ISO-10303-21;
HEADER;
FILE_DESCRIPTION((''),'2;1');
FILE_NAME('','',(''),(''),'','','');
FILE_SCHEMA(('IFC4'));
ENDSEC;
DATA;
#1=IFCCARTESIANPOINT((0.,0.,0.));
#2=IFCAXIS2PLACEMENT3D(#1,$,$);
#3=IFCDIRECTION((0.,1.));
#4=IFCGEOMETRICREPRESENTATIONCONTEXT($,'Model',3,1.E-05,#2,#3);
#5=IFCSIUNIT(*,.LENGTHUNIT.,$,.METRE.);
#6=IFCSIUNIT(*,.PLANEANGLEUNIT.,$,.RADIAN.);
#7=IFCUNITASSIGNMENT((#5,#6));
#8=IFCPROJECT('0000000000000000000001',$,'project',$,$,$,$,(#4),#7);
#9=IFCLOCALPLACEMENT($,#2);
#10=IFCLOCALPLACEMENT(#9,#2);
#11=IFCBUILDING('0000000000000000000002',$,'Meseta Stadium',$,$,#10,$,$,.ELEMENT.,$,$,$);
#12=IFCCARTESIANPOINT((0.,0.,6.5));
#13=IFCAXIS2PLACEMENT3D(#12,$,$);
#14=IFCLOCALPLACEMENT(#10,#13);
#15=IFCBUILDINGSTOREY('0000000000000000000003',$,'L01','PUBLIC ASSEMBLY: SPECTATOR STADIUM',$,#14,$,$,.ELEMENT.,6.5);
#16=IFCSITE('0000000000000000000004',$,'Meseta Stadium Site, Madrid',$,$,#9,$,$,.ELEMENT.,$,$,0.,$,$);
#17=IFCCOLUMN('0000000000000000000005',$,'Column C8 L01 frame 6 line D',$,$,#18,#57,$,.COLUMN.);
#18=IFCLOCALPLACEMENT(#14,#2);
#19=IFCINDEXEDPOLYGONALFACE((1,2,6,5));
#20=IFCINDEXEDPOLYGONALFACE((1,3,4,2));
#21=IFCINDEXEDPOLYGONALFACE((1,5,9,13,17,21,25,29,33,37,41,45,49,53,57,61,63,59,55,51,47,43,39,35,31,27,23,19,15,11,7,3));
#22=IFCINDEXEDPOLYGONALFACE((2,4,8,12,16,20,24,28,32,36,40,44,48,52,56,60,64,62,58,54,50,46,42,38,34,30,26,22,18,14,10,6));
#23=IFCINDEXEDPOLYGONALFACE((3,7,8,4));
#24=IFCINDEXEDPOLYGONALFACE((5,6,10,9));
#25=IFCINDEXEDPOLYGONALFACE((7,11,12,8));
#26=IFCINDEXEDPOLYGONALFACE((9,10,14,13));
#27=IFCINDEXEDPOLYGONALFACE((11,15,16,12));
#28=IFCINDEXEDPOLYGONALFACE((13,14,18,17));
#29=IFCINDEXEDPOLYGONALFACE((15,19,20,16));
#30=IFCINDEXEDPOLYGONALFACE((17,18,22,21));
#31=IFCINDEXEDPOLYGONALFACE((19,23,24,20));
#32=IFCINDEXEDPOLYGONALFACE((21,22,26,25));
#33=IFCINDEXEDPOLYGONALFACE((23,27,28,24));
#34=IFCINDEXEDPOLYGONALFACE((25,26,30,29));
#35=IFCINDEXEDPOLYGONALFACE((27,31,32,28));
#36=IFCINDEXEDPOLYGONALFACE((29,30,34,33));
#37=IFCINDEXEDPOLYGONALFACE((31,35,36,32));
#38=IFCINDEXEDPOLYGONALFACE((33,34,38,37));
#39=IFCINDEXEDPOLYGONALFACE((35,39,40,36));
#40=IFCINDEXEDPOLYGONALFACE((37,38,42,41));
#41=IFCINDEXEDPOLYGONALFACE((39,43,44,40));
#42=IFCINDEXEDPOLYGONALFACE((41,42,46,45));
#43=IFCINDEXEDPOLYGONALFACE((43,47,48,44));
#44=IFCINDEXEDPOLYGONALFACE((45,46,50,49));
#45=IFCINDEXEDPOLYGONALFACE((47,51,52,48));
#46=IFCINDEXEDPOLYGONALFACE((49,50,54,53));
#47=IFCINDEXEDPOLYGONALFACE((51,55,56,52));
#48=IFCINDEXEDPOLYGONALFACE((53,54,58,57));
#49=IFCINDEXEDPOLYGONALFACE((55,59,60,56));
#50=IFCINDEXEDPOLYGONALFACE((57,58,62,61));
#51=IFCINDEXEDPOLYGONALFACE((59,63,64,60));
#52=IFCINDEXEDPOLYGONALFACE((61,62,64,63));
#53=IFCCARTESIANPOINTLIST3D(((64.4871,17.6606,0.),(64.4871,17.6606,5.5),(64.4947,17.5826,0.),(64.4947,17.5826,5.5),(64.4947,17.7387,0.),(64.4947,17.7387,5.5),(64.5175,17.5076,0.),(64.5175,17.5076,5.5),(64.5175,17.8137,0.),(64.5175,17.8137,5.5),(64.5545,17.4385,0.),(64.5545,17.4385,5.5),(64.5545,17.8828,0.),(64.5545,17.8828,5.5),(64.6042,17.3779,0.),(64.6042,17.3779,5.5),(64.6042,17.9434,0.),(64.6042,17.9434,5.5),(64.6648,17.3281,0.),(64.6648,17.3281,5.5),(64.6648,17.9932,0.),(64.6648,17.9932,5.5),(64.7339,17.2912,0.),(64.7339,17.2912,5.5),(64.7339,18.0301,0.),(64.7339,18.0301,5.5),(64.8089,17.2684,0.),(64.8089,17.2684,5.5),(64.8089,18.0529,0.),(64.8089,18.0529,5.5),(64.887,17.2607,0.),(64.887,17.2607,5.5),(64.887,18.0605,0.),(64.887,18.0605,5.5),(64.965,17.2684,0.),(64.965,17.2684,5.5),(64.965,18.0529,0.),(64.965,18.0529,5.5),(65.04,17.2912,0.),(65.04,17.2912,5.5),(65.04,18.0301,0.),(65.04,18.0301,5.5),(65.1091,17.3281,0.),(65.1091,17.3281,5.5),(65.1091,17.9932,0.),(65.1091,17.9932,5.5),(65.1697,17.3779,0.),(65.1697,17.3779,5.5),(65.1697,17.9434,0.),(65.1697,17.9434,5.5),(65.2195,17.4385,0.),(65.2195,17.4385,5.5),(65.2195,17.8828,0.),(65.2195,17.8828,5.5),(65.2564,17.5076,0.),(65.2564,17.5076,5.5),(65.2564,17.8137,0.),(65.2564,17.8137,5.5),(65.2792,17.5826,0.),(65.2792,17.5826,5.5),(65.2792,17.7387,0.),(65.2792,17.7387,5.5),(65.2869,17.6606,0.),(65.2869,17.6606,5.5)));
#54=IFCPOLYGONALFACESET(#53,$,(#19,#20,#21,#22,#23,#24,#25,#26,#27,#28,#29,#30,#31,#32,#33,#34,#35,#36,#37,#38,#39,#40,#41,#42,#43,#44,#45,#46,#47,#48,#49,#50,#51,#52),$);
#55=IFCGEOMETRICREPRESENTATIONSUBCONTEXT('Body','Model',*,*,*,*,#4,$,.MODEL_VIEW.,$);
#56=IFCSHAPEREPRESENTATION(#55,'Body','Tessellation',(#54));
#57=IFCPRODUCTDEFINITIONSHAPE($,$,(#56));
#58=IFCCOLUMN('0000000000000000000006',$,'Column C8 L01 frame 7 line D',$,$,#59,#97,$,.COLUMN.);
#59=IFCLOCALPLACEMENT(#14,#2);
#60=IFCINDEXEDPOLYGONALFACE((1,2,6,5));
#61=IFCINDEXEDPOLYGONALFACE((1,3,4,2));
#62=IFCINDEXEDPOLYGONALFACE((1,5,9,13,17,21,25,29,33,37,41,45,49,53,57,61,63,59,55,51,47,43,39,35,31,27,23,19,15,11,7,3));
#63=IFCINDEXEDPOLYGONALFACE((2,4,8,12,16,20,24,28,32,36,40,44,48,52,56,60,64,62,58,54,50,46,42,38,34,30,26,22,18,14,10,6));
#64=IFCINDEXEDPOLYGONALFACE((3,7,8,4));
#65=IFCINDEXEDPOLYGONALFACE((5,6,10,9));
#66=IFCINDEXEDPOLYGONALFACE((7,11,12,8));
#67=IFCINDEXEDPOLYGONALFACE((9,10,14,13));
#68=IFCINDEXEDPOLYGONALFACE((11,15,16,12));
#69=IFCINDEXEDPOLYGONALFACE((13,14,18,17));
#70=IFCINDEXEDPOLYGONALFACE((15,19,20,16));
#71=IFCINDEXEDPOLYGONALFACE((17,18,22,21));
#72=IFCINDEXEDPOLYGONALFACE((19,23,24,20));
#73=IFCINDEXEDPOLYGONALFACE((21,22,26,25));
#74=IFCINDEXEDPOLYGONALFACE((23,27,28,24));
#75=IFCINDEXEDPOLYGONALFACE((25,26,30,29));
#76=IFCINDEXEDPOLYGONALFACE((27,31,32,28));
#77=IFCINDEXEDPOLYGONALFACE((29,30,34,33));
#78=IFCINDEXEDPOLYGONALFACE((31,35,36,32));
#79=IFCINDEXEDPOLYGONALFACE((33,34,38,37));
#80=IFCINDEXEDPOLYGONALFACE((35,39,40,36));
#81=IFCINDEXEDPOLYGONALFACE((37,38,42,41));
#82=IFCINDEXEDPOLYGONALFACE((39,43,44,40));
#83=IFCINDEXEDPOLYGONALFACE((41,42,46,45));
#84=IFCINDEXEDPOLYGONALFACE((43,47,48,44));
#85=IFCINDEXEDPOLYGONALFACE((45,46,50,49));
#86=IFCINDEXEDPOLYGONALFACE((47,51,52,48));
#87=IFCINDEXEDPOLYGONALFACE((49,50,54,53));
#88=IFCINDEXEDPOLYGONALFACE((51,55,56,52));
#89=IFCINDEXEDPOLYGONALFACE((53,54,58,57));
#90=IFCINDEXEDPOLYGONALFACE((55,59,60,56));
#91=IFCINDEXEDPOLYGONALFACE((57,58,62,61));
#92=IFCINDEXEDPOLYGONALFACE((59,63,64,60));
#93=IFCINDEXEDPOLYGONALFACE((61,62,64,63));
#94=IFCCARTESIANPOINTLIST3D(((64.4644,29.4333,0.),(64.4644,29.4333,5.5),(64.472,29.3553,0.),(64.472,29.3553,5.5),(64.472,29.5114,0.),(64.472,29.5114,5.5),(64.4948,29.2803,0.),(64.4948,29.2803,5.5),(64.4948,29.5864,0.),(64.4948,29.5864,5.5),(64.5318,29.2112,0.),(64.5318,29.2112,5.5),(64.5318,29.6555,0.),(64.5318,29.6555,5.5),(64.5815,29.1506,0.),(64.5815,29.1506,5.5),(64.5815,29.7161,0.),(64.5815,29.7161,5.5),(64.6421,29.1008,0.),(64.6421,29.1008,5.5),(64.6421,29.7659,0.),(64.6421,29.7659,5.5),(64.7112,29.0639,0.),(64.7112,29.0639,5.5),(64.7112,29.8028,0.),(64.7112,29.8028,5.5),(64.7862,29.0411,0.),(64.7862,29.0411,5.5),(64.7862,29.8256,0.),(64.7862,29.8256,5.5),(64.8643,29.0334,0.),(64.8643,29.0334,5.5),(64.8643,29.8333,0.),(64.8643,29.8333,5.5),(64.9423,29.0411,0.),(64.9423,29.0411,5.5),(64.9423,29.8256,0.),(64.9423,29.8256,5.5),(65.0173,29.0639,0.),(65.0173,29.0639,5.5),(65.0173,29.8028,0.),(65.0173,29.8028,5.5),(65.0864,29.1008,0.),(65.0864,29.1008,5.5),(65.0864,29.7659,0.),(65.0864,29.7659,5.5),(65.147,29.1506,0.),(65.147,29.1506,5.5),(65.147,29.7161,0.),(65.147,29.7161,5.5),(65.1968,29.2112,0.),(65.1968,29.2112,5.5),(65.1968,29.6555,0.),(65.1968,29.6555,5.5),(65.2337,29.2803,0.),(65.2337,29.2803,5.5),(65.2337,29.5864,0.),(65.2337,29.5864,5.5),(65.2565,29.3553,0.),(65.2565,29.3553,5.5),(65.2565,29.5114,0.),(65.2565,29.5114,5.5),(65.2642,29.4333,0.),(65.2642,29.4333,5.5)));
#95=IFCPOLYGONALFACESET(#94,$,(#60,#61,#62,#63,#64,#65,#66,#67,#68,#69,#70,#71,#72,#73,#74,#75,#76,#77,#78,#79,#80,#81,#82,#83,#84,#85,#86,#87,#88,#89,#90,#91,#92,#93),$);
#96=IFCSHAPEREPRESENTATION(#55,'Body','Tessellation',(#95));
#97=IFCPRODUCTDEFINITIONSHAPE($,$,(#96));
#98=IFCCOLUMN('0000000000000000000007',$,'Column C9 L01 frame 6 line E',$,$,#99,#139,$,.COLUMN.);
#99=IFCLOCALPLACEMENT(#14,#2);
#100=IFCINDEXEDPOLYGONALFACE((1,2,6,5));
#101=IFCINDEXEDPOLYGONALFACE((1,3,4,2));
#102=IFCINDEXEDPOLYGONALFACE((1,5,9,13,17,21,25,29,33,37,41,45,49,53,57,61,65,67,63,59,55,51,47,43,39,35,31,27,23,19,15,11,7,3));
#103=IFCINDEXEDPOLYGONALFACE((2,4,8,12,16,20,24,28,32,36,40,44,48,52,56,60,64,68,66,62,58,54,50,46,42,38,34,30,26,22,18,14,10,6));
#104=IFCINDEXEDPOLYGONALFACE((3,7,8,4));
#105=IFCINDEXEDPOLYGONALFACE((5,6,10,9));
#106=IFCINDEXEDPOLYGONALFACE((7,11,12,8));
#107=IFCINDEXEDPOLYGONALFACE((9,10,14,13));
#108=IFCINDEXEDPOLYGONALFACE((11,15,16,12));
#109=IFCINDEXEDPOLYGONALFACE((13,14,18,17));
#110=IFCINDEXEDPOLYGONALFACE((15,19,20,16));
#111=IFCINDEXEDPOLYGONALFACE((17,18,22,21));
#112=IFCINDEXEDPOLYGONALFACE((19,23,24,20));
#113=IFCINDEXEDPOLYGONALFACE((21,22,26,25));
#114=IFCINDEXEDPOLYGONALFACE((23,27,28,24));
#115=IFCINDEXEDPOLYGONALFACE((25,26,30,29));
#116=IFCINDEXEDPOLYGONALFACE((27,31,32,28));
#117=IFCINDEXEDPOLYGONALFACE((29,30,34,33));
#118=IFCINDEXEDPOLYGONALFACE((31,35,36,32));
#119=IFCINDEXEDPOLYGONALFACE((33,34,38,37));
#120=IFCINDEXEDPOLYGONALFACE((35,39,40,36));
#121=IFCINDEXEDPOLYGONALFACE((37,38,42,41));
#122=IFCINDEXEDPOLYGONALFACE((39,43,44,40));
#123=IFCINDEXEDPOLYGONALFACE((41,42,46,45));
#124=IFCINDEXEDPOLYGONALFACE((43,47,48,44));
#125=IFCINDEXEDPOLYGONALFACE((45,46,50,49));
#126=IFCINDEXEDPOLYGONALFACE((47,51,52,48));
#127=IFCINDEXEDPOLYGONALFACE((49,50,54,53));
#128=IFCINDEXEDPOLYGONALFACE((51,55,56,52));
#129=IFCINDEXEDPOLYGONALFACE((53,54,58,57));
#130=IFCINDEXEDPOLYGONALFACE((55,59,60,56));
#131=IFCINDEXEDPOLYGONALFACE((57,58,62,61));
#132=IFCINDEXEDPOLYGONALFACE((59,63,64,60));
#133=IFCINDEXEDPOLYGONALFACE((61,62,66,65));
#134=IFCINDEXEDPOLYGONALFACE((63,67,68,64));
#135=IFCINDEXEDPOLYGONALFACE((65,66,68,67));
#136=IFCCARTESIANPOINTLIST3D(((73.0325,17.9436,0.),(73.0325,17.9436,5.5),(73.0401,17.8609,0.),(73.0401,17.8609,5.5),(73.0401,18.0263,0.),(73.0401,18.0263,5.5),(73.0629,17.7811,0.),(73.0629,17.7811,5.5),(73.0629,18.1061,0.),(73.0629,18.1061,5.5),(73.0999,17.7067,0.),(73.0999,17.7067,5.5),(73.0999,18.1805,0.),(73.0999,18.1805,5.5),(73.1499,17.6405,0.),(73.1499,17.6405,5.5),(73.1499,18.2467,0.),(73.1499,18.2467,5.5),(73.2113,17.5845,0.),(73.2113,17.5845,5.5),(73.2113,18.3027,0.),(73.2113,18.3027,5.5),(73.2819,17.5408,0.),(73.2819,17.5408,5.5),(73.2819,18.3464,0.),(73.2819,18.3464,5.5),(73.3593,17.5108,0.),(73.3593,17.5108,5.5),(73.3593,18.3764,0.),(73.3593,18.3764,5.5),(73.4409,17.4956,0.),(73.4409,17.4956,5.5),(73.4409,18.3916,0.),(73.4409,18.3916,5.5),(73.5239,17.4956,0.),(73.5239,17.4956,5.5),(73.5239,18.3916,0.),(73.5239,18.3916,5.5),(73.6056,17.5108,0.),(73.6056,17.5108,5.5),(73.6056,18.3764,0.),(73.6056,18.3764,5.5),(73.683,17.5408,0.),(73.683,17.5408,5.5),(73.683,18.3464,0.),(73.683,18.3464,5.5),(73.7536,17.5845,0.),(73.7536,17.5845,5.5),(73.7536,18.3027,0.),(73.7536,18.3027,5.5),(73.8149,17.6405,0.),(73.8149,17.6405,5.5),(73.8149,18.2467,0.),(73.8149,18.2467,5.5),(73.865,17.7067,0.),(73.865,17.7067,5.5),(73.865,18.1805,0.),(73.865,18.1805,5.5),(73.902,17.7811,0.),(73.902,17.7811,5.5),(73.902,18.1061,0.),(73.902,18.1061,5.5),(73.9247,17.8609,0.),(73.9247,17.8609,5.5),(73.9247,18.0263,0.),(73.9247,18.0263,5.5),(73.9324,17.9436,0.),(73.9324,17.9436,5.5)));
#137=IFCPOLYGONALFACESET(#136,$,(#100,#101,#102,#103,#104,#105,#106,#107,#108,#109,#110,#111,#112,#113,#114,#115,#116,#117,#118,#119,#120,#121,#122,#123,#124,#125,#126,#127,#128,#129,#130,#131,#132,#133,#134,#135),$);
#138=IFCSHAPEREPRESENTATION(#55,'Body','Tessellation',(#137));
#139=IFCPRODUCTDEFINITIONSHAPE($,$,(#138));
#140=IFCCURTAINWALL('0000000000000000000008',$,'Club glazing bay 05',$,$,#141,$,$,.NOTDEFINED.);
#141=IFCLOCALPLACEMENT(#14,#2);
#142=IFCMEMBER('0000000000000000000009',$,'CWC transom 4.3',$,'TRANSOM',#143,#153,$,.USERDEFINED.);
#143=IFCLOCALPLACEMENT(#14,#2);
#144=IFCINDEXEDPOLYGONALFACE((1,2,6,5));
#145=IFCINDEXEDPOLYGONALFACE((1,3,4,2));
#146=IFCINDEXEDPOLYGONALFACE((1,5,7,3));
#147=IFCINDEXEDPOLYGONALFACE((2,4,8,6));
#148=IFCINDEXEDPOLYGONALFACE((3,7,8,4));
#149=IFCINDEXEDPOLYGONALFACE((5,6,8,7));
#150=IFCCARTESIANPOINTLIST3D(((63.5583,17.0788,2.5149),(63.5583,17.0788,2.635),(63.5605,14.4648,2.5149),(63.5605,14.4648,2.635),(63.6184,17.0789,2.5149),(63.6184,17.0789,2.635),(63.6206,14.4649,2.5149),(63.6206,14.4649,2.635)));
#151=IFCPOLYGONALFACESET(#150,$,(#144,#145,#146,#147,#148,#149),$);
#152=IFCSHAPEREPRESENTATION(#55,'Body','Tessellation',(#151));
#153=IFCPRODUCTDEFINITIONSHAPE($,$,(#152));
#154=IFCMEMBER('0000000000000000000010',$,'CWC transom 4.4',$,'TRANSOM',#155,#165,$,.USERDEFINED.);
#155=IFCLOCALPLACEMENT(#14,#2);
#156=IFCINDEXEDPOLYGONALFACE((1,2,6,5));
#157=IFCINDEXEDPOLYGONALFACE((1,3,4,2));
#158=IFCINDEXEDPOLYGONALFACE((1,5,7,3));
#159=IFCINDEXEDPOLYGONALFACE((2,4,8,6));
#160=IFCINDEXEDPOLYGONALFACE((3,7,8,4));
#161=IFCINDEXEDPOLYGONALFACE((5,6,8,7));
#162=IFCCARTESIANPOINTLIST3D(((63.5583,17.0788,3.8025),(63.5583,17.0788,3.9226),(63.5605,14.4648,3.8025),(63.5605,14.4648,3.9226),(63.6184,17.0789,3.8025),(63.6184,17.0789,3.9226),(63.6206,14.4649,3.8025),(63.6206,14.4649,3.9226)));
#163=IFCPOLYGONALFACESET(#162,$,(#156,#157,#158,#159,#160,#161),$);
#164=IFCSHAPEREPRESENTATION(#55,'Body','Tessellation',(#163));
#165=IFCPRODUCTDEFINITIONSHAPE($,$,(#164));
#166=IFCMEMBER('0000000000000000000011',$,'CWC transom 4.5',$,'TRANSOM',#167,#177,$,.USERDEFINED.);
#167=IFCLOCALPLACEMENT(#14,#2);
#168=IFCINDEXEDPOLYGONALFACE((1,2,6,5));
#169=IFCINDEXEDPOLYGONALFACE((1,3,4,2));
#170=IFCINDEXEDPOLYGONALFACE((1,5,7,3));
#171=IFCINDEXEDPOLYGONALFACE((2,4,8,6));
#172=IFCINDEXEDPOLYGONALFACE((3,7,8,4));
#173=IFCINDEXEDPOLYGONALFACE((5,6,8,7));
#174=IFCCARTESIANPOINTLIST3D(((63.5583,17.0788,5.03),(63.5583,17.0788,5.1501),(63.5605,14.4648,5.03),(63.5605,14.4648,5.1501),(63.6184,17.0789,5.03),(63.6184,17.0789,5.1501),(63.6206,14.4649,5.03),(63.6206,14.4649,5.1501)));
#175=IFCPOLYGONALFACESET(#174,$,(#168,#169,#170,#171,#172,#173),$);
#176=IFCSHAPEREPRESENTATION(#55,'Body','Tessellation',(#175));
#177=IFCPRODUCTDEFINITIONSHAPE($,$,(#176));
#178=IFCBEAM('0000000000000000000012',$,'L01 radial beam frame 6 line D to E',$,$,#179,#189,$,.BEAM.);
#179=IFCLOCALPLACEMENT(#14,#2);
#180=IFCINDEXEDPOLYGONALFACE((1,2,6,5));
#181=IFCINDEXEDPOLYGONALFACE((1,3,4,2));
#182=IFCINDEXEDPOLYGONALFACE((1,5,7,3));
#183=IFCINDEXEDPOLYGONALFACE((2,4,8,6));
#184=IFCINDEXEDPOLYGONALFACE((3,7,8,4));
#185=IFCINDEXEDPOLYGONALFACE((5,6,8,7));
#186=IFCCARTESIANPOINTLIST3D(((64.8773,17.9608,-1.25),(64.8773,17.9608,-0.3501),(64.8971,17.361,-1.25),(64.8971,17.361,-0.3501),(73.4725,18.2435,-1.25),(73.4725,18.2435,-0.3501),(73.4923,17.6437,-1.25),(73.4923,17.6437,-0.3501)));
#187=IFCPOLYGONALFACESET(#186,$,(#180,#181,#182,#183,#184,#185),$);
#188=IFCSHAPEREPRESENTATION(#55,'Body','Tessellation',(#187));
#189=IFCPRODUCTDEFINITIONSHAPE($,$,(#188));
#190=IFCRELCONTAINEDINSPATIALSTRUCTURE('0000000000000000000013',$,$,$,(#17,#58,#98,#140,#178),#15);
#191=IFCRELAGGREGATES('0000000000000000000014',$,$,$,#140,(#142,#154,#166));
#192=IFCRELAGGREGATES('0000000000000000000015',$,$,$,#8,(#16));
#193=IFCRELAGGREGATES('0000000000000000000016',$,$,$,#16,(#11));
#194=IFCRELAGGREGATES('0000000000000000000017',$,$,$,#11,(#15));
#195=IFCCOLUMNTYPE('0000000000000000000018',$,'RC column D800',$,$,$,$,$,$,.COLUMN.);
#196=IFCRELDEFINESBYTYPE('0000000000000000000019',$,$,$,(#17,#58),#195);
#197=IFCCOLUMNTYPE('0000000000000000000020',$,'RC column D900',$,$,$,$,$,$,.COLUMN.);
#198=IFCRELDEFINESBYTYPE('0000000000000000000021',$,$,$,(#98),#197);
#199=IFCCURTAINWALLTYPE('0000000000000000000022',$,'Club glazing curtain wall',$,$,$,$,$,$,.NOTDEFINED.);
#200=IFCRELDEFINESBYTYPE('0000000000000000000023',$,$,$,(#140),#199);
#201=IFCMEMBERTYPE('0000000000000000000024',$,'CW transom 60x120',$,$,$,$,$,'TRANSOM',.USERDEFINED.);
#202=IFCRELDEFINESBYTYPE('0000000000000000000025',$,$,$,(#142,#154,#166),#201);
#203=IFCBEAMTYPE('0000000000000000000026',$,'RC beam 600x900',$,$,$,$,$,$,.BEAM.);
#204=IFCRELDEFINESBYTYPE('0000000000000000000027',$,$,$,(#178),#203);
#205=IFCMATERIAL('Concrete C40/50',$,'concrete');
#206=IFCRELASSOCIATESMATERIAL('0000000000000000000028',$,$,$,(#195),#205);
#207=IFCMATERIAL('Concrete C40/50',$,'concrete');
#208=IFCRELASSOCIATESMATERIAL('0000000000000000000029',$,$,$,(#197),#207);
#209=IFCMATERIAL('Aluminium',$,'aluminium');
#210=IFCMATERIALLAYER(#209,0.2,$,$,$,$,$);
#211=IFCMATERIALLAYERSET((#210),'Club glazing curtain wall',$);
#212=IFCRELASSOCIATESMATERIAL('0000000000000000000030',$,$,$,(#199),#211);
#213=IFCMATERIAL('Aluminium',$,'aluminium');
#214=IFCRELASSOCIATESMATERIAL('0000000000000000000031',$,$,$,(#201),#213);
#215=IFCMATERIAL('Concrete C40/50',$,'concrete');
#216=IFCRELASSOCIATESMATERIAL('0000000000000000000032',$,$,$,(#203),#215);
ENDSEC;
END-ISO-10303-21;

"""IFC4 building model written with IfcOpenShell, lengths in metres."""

from ifc_helpers import new_model, si_unit, direction, frame, origin, origin_2d, place, context, subcontext, project, spatial, rectangle, circle, extrude, material, layer, layer_set, material_profile, profile_set, type_object, element, aggregate, save


model = new_model("IFC4")

# Units and contexts
model_context = context("Model", 3, precision=1e-05, world=origin(), true_north=direction((0.0, 1.0)))
body_context = subcontext(model_context, "Body", "Model", "MODEL_VIEW")
ifc_project = project(units=[si_unit("LENGTHUNIT", "METRE"), si_unit("PLANEANGLEUNIT", "RADIAN")], contexts=[model_context])

# Site, building, storey
site_placement = place(None, origin())
site = spatial("IfcSite", under=ifc_project, at=site_placement, Name="Meseta Stadium Site, Madrid", CompositionType="ELEMENT", RefElevation=0.0)
building_placement = place(site_placement, origin())
building = spatial("IfcBuilding", under=site, at=building_placement, Name="Meseta Stadium", CompositionType="ELEMENT")
storey_placement = place(building_placement, frame((0.0, 0.0, 6.5)))
storey = spatial("IfcBuildingStorey", under=building, at=storey_placement, Name="L01", Description="PUBLIC ASSEMBLY: SPECTATOR STADIUM", CompositionType="ELEMENT", Elevation=6.5)

# Columns
ifc_material_1 = material(Name="Concrete C40/50", Category="concrete")
ifc_material_profile_1 = material_profile(ifc_material_1, circle(Radius=0.3999, at=origin_2d()), Name="RC D800")
ifc_profile_set_1 = profile_set([ifc_material_profile_1], Name="Concrete C40/50")
column_type_1 = type_object("IfcColumnType", Name="RC column D800", PredefinedType="COLUMN", material=ifc_profile_set_1)
for number, where, z_axis, x_axis, name in (
    (1, (64.887, 17.6606, 0.0), (0.0, 0.0, 1.0), (1.0, 0.0, 0.0), "Column C8 L01 frame 6 line D"),
    (2, (64.8643, 29.4333, 0.0), (0.0, 0.0, 1.0), (1.0, 0.0, 0.0), "Column C8 L01 frame 7 line D"),
):
    element("IfcColumn", number, at=place(storey_placement, frame(where, z_axis=z_axis, x_axis=x_axis)), inside=storey, type_object=column_type_1, Name=name, PredefinedType="COLUMN", context=body_context, shape_type="SweptSolid", body=[
        extrude(circle(Radius=0.3999, at=origin_2d()), origin(), (0.0, 0.0, 1.0), 5.5),
    ])
ifc_material_2 = material(Name="Concrete C40/50", Category="concrete")
ifc_material_profile_2 = material_profile(ifc_material_2, circle(Radius=0.45, at=origin_2d()), Name="RC D900")
ifc_profile_set_2 = profile_set([ifc_material_profile_2], Name="Concrete C40/50")
column_type_2 = type_object("IfcColumnType", Name="RC column D900", PredefinedType="COLUMN", material=ifc_profile_set_2)
column_placement = place(storey_placement, frame((73.4824, 17.9436, 0.0), z_axis=(0.0, 0.0, 1.0), x_axis=(1.0, 0.0, 0.0)))
element("IfcColumn", 3, at=column_placement, inside=storey, type_object=column_type_2, Name="Column C9 L01 frame 6 line E", PredefinedType="COLUMN", context=body_context, shape_type="SweptSolid", body=[
    extrude(circle(Radius=0.45, at=origin_2d()), origin(), (0.0, 0.0, 1.0), 5.5),
])

# Curtain wall, members
ifc_material_3 = material(Name="Aluminium", Category="aluminium")
ifc_layer_1 = layer(ifc_material_3, 0.2)
ifc_layer_set_1 = layer_set([ifc_layer_1], Name="Club glazing curtain wall")
curtain_wall_type = type_object("IfcCurtainWallType", Name="Club glazing curtain wall", PredefinedType="NOTDEFINED", material=ifc_layer_set_1)
curtain_wall_placement = place(storey_placement, origin())
curtain_wall = element("IfcCurtainWall", 4, at=curtain_wall_placement, inside=storey, type_object=curtain_wall_type, Name="Club glazing bay 05", PredefinedType="NOTDEFINED")
ifc_material_4 = material(Name="Aluminium", Category="aluminium")
ifc_material_profile_3 = material_profile(ifc_material_4, rectangle(XDim=0.0601, YDim=0.1201, at=origin_2d()), Name="CW 60x120")
ifc_profile_set_3 = profile_set([ifc_material_profile_3], Name="Aluminium")
member_type = type_object("IfcMemberType", Name="CW transom 60x120", ElementType="TRANSOM", PredefinedType="USERDEFINED", material=ifc_profile_set_3)
member_1_placement = place(storey_placement, frame((63.5906, 14.4648, 2.575), z_axis=(-0.000841, 1.0, 0.0), x_axis=(-1.0, -0.000841, 0.0)))
member_1 = element("IfcMember", 5, at=member_1_placement, type_object=member_type, Name="CWC transom 4.3", ObjectType="TRANSOM", PredefinedType="USERDEFINED", context=body_context, shape_type="SweptSolid", body=[
    extrude(rectangle(XDim=0.0601, YDim=0.1201, at=origin_2d()), origin(), (0.0, 0.0, 1.0), 2.614),
])
member_2_placement = place(storey_placement, frame((63.5906, 14.4648, 3.8625), z_axis=(-0.000841, 1.0, 0.0), x_axis=(-1.0, -0.000841, 0.0)))
member_2 = element("IfcMember", 6, at=member_2_placement, type_object=member_type, Name="CWC transom 4.4", ObjectType="TRANSOM", PredefinedType="USERDEFINED", context=body_context, shape_type="SweptSolid", body=[
    extrude(rectangle(XDim=0.0601, YDim=0.1201, at=origin_2d()), origin(), (0.0, 0.0, 1.0), 2.614),
])
member_3_placement = place(storey_placement, frame((63.5906, 14.4648, 5.0901), z_axis=(-0.000841, 1.0, 0.0), x_axis=(-1.0, -0.000841, 0.0)))
member_3 = element("IfcMember", 7, at=member_3_placement, type_object=member_type, Name="CWC transom 4.5", ObjectType="TRANSOM", PredefinedType="USERDEFINED", context=body_context, shape_type="SweptSolid", body=[
    extrude(rectangle(XDim=0.0601, YDim=0.1201, at=origin_2d()), origin(), (0.0, 0.0, 1.0), 2.614),
])

# Beam
ifc_material_5 = material(Name="Concrete C40/50", Category="concrete")
ifc_material_profile_4 = material_profile(ifc_material_5, rectangle(XDim=0.6001, YDim=0.8999, at=origin_2d()), Name="RC 600x900")
ifc_profile_set_4 = profile_set([ifc_material_profile_4], Name="Concrete C40/50")
beam_type_1 = type_object("IfcBeamType", Name="RC beam 600x900", PredefinedType="BEAM", material=ifc_profile_set_4)
beam_1_placement = place(storey_placement, frame((64.8872, 17.6609, -0.8), z_axis=(0.999459, 0.032874, 0.0), x_axis=(-0.032874, 0.999459, 0.0)))
element("IfcBeam", 8, at=beam_1_placement, inside=storey, type_object=beam_type_1, Name="L01 radial beam frame 6 line D to E", PredefinedType="BEAM", context=body_context, shape_type="SweptSolid", body=[
    extrude(rectangle(XDim=0.6001, YDim=0.8999, at=origin_2d()), origin(), (0.0, 0.0, 1.0), 8.5999),
])

aggregate(curtain_wall, [member_1, member_2, member_3])

save(model, "model.ifc")
